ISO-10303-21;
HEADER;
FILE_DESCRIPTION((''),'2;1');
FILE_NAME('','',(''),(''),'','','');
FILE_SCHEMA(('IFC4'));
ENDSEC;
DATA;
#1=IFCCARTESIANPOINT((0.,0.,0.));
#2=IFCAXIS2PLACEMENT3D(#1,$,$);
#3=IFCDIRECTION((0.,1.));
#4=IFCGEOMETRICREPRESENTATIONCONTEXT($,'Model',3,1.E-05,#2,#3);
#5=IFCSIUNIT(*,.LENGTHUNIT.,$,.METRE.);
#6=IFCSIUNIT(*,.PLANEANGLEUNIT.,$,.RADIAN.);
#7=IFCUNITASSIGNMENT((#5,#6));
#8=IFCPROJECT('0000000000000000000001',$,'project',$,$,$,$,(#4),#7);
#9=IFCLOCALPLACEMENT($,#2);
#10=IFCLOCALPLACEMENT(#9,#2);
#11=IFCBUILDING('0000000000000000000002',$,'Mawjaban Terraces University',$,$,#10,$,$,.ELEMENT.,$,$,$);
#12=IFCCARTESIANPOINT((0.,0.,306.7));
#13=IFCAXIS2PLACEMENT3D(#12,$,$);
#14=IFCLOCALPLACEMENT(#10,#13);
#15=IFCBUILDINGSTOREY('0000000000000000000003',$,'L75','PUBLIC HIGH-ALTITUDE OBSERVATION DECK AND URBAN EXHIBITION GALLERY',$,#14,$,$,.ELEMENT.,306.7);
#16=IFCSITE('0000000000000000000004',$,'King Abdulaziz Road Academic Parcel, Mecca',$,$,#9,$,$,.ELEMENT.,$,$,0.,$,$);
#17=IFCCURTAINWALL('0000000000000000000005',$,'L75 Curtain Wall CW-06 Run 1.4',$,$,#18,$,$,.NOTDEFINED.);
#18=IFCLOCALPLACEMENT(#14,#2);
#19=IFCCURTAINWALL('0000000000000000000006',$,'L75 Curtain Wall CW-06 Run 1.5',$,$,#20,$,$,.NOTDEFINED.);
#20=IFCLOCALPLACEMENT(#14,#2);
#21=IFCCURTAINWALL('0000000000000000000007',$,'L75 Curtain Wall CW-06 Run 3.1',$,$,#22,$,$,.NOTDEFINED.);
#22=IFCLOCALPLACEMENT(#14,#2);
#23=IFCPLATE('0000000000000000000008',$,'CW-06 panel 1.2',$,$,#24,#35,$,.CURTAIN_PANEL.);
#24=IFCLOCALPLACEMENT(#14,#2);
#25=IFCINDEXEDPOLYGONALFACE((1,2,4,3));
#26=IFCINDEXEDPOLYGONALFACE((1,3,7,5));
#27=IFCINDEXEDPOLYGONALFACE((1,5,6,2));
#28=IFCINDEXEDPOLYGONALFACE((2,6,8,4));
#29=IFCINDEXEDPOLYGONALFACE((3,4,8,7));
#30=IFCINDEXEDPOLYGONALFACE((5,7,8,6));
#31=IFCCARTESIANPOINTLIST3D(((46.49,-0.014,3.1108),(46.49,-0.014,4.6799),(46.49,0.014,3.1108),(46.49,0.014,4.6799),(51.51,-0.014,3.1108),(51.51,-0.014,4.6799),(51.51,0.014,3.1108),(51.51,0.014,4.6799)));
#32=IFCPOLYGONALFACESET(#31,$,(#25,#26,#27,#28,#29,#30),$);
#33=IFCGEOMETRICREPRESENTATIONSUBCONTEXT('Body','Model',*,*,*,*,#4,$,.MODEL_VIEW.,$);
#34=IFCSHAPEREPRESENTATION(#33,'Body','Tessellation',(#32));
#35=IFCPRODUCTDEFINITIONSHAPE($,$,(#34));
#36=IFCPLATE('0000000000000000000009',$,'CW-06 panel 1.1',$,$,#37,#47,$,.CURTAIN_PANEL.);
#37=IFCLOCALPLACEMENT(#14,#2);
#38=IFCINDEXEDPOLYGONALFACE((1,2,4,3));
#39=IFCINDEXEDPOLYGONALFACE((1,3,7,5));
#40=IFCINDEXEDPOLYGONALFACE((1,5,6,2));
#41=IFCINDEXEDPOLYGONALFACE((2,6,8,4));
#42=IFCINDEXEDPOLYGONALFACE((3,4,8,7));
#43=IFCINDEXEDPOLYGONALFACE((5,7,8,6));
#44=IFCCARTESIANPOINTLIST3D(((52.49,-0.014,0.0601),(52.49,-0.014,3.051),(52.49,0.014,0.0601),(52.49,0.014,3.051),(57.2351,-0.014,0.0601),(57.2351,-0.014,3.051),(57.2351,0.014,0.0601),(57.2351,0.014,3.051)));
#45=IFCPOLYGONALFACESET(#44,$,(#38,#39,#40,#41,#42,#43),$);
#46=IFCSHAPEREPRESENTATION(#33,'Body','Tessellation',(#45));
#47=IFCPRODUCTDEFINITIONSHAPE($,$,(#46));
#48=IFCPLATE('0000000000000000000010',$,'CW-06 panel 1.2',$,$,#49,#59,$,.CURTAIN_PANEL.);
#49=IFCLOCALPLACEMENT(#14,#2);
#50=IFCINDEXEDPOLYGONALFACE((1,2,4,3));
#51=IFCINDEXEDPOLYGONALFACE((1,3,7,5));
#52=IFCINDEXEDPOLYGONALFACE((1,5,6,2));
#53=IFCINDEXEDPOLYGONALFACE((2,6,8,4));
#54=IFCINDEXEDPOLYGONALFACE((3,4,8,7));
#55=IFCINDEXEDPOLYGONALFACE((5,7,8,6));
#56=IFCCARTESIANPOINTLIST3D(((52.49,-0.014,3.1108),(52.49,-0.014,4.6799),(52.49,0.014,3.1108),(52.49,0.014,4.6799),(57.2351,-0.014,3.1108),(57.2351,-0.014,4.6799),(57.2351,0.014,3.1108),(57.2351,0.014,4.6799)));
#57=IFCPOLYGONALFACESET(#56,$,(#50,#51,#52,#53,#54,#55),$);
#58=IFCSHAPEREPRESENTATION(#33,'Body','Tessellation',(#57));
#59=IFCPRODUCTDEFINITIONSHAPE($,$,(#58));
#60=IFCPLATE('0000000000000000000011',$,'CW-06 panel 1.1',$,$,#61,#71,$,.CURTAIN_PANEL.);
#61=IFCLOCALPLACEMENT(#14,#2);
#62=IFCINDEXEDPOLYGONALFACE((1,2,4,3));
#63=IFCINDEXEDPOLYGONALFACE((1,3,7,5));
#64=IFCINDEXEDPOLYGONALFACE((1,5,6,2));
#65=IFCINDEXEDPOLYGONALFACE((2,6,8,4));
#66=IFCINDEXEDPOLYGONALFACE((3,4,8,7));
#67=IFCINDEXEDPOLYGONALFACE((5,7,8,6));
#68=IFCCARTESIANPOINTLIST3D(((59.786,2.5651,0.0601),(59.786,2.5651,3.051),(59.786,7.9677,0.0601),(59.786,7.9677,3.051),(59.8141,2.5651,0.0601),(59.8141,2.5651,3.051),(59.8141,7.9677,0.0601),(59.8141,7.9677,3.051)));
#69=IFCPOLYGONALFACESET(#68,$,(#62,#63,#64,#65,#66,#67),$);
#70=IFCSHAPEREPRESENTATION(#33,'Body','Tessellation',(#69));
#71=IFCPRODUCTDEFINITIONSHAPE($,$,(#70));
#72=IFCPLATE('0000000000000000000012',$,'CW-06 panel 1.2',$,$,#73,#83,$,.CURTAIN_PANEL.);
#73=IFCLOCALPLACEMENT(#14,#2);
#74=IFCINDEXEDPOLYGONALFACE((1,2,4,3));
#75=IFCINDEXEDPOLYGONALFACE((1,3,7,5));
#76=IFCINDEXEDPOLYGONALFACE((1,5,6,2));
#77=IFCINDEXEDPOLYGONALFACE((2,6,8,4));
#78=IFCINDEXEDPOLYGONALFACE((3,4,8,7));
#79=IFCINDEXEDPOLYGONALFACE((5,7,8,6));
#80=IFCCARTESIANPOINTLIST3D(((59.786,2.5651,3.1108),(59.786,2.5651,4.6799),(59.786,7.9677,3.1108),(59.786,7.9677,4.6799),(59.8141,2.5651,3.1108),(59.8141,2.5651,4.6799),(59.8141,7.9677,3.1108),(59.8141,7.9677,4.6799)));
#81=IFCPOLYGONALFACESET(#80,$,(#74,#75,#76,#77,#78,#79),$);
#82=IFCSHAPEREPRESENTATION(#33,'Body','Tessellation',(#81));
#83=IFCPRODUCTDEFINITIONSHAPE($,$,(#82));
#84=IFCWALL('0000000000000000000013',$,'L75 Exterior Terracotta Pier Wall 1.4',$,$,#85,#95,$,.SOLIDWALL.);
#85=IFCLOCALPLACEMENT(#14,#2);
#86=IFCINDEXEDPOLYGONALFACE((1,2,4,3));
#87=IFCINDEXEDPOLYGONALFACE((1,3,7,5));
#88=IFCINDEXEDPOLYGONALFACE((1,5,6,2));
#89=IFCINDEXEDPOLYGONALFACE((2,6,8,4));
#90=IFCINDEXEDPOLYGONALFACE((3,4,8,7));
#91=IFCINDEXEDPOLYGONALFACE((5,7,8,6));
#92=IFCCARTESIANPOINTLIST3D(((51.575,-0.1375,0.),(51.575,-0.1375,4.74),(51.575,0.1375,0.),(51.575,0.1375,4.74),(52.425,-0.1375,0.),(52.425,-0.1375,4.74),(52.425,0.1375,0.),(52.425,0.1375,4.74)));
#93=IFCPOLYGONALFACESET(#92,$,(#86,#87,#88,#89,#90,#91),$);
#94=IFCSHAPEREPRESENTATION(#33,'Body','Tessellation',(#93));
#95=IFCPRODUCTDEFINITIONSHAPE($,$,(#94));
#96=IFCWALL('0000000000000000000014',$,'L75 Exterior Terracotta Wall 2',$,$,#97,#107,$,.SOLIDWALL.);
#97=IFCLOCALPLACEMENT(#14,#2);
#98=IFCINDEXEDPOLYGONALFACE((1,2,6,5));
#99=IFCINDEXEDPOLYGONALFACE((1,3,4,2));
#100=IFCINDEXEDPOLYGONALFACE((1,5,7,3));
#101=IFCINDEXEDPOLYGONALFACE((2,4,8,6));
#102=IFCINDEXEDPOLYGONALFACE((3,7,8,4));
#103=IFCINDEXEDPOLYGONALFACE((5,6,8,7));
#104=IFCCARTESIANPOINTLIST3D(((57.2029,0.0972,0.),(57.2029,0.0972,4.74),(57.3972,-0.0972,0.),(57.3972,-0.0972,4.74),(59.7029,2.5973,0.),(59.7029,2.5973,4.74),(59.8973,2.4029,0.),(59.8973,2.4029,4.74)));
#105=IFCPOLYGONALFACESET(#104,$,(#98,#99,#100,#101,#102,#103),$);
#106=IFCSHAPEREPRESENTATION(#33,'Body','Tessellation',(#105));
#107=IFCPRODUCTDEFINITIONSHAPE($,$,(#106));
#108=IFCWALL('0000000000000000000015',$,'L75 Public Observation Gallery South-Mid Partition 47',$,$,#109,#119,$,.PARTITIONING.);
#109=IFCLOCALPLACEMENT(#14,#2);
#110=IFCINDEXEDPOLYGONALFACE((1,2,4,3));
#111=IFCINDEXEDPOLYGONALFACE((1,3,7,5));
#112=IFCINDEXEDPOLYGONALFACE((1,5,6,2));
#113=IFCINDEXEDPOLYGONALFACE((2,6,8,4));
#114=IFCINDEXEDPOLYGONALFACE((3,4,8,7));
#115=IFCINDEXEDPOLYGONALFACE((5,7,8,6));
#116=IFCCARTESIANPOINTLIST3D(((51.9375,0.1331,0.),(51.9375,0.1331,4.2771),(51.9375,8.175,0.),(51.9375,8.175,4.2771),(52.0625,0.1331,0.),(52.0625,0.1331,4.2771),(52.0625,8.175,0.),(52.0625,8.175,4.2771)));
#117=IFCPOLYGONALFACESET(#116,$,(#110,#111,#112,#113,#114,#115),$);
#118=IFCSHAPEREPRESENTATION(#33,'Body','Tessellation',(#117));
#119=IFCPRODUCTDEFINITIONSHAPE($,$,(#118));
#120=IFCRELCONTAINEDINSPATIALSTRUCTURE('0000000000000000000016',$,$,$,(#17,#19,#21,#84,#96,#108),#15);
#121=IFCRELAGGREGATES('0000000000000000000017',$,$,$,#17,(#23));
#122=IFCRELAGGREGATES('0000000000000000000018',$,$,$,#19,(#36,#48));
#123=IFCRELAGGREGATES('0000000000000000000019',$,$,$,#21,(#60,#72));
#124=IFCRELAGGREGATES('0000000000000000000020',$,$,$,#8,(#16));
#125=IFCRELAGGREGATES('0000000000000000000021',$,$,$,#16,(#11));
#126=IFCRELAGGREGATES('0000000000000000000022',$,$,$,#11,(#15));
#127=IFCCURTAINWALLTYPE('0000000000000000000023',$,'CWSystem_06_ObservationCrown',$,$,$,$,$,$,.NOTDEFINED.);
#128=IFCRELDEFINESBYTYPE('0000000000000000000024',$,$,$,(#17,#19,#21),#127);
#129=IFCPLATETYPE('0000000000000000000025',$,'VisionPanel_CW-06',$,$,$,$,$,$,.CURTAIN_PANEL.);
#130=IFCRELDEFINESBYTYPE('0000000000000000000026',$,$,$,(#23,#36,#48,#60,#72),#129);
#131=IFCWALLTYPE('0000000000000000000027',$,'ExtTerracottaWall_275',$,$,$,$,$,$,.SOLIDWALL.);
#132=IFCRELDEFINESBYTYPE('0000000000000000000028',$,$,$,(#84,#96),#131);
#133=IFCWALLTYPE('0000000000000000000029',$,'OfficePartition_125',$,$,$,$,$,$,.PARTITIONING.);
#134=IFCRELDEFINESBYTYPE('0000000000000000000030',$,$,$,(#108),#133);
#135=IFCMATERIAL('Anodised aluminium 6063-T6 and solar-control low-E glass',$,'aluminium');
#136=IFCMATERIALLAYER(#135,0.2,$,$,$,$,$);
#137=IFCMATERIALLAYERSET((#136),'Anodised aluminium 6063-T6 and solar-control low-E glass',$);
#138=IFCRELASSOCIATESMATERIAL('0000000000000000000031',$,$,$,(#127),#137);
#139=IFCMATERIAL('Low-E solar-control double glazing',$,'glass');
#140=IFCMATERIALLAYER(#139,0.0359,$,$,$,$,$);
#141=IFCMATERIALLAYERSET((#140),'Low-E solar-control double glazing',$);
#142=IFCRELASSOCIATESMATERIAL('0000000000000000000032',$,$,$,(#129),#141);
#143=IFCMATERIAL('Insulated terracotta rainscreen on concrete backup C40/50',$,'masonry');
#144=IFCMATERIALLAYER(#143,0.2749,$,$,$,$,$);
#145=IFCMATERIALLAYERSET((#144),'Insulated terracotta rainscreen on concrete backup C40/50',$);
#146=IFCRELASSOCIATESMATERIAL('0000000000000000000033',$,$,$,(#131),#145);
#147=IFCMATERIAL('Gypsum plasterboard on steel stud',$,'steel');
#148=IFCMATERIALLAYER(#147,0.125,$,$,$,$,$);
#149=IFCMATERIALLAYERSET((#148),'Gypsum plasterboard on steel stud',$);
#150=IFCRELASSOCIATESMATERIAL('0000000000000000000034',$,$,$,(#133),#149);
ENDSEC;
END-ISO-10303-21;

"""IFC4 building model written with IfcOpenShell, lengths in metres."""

from ifc_helpers import new_model, si_unit, direction, frame, frame_2d, origin, origin_2d, place, context, subcontext, project, spatial, rectangle, extrude, material, layer, layer_set, type_object, element, aggregate, save


model = new_model("IFC4")

# Units and contexts
model_context = context("Model", 3, precision=1e-05, world=origin(), true_north=direction((0.0, 1.0)))
body_context = subcontext(model_context, "Body", "Model", "MODEL_VIEW")
ifc_project = project(units=[si_unit("LENGTHUNIT", "METRE"), si_unit("PLANEANGLEUNIT", "RADIAN")], contexts=[model_context])

# Site, building, storey
site_placement = place(None, origin())
site = spatial("IfcSite", under=ifc_project, at=site_placement, Name="King Abdulaziz Road Academic Parcel, Mecca", CompositionType="ELEMENT", RefElevation=0.0)
building_placement = place(site_placement, origin())
building = spatial("IfcBuilding", under=site, at=building_placement, Name="Mawjaban Terraces University", CompositionType="ELEMENT")
storey_placement = place(building_placement, frame((0.0, 0.0, 306.7)))
storey = spatial("IfcBuildingStorey", under=building, at=storey_placement, Name="L75", Description="PUBLIC HIGH-ALTITUDE OBSERVATION DECK AND URBAN EXHIBITION GALLERY", CompositionType="ELEMENT", Elevation=306.7)

# Curtain walls
ifc_material_1 = material(Name="Anodised aluminium 6063-T6 and solar-control low-E glass", Category="aluminium")
ifc_layer_1 = layer(ifc_material_1, 0.2)
ifc_layer_set_1 = layer_set([ifc_layer_1], Name="Anodised aluminium 6063-T6 and solar-control low-E glass")
curtain_wall_type = type_object("IfcCurtainWallType", Name="CWSystem_06_ObservationCrown", PredefinedType="NOTDEFINED", material=ifc_layer_set_1)
curtain_wall_1_placement = place(storey_placement, origin())
curtain_wall_1 = element("IfcCurtainWall", 1, at=curtain_wall_1_placement, inside=storey, type_object=curtain_wall_type, Name="L75 Curtain Wall CW-06 Run 1.4", PredefinedType="NOTDEFINED")
curtain_wall_2_placement = place(storey_placement, origin())
curtain_wall_2 = element("IfcCurtainWall", 2, at=curtain_wall_2_placement, inside=storey, type_object=curtain_wall_type, Name="L75 Curtain Wall CW-06 Run 1.5", PredefinedType="NOTDEFINED")
curtain_wall_3_placement = place(storey_placement, origin())
curtain_wall_3 = element("IfcCurtainWall", 3, at=curtain_wall_3_placement, inside=storey, type_object=curtain_wall_type, Name="L75 Curtain Wall CW-06 Run 3.1", PredefinedType="NOTDEFINED")

# Plates
ifc_material_2 = material(Name="Low-E solar-control double glazing", Category="glass")
ifc_layer_2 = layer(ifc_material_2, 0.0359)
ifc_layer_set_2 = layer_set([ifc_layer_2], Name="Low-E solar-control double glazing")
plate_type = type_object("IfcPlateType", Name="VisionPanel_CW-06", PredefinedType="CURTAIN_PANEL", material=ifc_layer_set_2)
plate_1_placement = place(storey_placement, frame((49.0, 0.0, 3.1108), z_axis=(0.0, 0.0, 1.0), x_axis=(1.0, 0.0, 0.0)))
plate_1 = element("IfcPlate", 4, at=plate_1_placement, type_object=plate_type, Name="CW-06 panel 1.2", PredefinedType="CURTAIN_PANEL", context=body_context, shape_type="SweptSolid", body=[
    extrude(rectangle(XDim=5.02, YDim=0.0281, at=origin_2d()), origin(), (0.0, 0.0, 1.0), 1.5691),
])
aggregate(curtain_wall_1, [plate_1])
plate_2_placement = place(storey_placement, frame((54.8625, 0.0, 0.0601), z_axis=(0.0, 0.0, 1.0), x_axis=(1.0, 0.0, 0.0)))
plate_2 = element("IfcPlate", 5, at=plate_2_placement, type_object=plate_type, Name="CW-06 panel 1.1", PredefinedType="CURTAIN_PANEL", context=body_context, shape_type="SweptSolid", body=[
    extrude(rectangle(XDim=4.7451, YDim=0.0281, at=origin_2d()), origin(), (0.0, 0.0, 1.0), 2.991),
])
plate_3_placement = place(storey_placement, frame((54.8625, 0.0, 3.1108), z_axis=(0.0, 0.0, 1.0), x_axis=(1.0, 0.0, 0.0)))
plate_3 = element("IfcPlate", 6, at=plate_3_placement, type_object=plate_type, Name="CW-06 panel 1.2", PredefinedType="CURTAIN_PANEL", context=body_context, shape_type="SweptSolid", body=[
    extrude(rectangle(XDim=4.7451, YDim=0.0281, at=origin_2d()), origin(), (0.0, 0.0, 1.0), 1.5691),
])
aggregate(curtain_wall_2, [plate_2, plate_3])
plate_4_placement = place(storey_placement, frame((59.8, 5.2664, 0.0601), z_axis=(0.0, 0.0, 1.0), x_axis=(0.0, 1.0, 0.0)))
plate_4 = element("IfcPlate", 7, at=plate_4_placement, type_object=plate_type, Name="CW-06 panel 1.1", PredefinedType="CURTAIN_PANEL", context=body_context, shape_type="SweptSolid", body=[
    extrude(rectangle(XDim=5.4026, YDim=0.0281, at=origin_2d()), origin(), (0.0, 0.0, 1.0), 2.991),
])
plate_5_placement = place(storey_placement, frame((59.8, 5.2664, 3.1108), z_axis=(0.0, 0.0, 1.0), x_axis=(0.0, 1.0, 0.0)))
plate_5 = element("IfcPlate", 8, at=plate_5_placement, type_object=plate_type, Name="CW-06 panel 1.2", PredefinedType="CURTAIN_PANEL", context=body_context, shape_type="SweptSolid", body=[
    extrude(rectangle(XDim=5.4026, YDim=0.0281, at=origin_2d()), origin(), (0.0, 0.0, 1.0), 1.5691),
])
aggregate(curtain_wall_3, [plate_4, plate_5])

# Walls
ifc_material_3 = material(Name="Insulated terracotta rainscreen on concrete backup C40/50", Category="masonry")
ifc_layer_3 = layer(ifc_material_3, 0.2749)
ifc_layer_set_3 = layer_set([ifc_layer_3], Name="Insulated terracotta rainscreen on concrete backup C40/50")
wall_type_1 = type_object("IfcWallType", Name="ExtTerracottaWall_275", PredefinedType="SOLIDWALL", material=ifc_layer_set_3)
wall_1_placement = place(storey_placement, frame((51.575, 0.0, 0.0), z_axis=(0.0, 0.0, 1.0), x_axis=(1.0, 0.0, 0.0)))
element("IfcWall", 9, at=wall_1_placement, inside=storey, type_object=wall_type_1, Name="L75 Exterior Terracotta Pier Wall 1.4", PredefinedType="SOLIDWALL", context=body_context, shape_type="SweptSolid", body=[
    extrude(rectangle(XDim=0.8501, YDim=0.2749, at=frame_2d((0.425, 0.0))), origin(), (0.0, 0.0, 1.0), 4.74),
])
wall_2_placement = place(storey_placement, frame((57.3, 0.0, 0.0), z_axis=(0.0, 0.0, 1.0), x_axis=(0.707107, 0.707107, 0.0)))
element("IfcWall", 10, at=wall_2_placement, inside=storey, type_object=wall_type_1, Name="L75 Exterior Terracotta Wall 2", PredefinedType="SOLIDWALL", context=body_context, shape_type="SweptSolid", body=[
    extrude(rectangle(XDim=3.5356, YDim=0.2749, at=frame_2d((1.7678, 0.0))), origin(), (0.0, 0.0, 1.0), 4.74),
])
ifc_material_4 = material(Name="Gypsum plasterboard on steel stud", Category="steel")
ifc_layer_4 = layer(ifc_material_4, 0.125)
ifc_layer_set_4 = layer_set([ifc_layer_4], Name="Gypsum plasterboard on steel stud")
wall_type_2 = type_object("IfcWallType", Name="OfficePartition_125", PredefinedType="PARTITIONING", material=ifc_layer_set_4)
wall_3_placement = place(storey_placement, frame((52.0, 0.1331, 0.0), z_axis=(0.0, 0.0, 1.0), x_axis=(0.0, 1.0, 0.0)))
element("IfcWall", 11, at=wall_3_placement, inside=storey, type_object=wall_type_2, Name="L75 Public Observation Gallery South-Mid Partition 47", PredefinedType="PARTITIONING", context=body_context, shape_type="SweptSolid", body=[
    extrude(rectangle(XDim=8.042, YDim=0.125, at=frame_2d((4.021, 0.0))), origin(), (0.0, 0.0, 1.0), 4.2771),
])

save(model, "model.ifc")
